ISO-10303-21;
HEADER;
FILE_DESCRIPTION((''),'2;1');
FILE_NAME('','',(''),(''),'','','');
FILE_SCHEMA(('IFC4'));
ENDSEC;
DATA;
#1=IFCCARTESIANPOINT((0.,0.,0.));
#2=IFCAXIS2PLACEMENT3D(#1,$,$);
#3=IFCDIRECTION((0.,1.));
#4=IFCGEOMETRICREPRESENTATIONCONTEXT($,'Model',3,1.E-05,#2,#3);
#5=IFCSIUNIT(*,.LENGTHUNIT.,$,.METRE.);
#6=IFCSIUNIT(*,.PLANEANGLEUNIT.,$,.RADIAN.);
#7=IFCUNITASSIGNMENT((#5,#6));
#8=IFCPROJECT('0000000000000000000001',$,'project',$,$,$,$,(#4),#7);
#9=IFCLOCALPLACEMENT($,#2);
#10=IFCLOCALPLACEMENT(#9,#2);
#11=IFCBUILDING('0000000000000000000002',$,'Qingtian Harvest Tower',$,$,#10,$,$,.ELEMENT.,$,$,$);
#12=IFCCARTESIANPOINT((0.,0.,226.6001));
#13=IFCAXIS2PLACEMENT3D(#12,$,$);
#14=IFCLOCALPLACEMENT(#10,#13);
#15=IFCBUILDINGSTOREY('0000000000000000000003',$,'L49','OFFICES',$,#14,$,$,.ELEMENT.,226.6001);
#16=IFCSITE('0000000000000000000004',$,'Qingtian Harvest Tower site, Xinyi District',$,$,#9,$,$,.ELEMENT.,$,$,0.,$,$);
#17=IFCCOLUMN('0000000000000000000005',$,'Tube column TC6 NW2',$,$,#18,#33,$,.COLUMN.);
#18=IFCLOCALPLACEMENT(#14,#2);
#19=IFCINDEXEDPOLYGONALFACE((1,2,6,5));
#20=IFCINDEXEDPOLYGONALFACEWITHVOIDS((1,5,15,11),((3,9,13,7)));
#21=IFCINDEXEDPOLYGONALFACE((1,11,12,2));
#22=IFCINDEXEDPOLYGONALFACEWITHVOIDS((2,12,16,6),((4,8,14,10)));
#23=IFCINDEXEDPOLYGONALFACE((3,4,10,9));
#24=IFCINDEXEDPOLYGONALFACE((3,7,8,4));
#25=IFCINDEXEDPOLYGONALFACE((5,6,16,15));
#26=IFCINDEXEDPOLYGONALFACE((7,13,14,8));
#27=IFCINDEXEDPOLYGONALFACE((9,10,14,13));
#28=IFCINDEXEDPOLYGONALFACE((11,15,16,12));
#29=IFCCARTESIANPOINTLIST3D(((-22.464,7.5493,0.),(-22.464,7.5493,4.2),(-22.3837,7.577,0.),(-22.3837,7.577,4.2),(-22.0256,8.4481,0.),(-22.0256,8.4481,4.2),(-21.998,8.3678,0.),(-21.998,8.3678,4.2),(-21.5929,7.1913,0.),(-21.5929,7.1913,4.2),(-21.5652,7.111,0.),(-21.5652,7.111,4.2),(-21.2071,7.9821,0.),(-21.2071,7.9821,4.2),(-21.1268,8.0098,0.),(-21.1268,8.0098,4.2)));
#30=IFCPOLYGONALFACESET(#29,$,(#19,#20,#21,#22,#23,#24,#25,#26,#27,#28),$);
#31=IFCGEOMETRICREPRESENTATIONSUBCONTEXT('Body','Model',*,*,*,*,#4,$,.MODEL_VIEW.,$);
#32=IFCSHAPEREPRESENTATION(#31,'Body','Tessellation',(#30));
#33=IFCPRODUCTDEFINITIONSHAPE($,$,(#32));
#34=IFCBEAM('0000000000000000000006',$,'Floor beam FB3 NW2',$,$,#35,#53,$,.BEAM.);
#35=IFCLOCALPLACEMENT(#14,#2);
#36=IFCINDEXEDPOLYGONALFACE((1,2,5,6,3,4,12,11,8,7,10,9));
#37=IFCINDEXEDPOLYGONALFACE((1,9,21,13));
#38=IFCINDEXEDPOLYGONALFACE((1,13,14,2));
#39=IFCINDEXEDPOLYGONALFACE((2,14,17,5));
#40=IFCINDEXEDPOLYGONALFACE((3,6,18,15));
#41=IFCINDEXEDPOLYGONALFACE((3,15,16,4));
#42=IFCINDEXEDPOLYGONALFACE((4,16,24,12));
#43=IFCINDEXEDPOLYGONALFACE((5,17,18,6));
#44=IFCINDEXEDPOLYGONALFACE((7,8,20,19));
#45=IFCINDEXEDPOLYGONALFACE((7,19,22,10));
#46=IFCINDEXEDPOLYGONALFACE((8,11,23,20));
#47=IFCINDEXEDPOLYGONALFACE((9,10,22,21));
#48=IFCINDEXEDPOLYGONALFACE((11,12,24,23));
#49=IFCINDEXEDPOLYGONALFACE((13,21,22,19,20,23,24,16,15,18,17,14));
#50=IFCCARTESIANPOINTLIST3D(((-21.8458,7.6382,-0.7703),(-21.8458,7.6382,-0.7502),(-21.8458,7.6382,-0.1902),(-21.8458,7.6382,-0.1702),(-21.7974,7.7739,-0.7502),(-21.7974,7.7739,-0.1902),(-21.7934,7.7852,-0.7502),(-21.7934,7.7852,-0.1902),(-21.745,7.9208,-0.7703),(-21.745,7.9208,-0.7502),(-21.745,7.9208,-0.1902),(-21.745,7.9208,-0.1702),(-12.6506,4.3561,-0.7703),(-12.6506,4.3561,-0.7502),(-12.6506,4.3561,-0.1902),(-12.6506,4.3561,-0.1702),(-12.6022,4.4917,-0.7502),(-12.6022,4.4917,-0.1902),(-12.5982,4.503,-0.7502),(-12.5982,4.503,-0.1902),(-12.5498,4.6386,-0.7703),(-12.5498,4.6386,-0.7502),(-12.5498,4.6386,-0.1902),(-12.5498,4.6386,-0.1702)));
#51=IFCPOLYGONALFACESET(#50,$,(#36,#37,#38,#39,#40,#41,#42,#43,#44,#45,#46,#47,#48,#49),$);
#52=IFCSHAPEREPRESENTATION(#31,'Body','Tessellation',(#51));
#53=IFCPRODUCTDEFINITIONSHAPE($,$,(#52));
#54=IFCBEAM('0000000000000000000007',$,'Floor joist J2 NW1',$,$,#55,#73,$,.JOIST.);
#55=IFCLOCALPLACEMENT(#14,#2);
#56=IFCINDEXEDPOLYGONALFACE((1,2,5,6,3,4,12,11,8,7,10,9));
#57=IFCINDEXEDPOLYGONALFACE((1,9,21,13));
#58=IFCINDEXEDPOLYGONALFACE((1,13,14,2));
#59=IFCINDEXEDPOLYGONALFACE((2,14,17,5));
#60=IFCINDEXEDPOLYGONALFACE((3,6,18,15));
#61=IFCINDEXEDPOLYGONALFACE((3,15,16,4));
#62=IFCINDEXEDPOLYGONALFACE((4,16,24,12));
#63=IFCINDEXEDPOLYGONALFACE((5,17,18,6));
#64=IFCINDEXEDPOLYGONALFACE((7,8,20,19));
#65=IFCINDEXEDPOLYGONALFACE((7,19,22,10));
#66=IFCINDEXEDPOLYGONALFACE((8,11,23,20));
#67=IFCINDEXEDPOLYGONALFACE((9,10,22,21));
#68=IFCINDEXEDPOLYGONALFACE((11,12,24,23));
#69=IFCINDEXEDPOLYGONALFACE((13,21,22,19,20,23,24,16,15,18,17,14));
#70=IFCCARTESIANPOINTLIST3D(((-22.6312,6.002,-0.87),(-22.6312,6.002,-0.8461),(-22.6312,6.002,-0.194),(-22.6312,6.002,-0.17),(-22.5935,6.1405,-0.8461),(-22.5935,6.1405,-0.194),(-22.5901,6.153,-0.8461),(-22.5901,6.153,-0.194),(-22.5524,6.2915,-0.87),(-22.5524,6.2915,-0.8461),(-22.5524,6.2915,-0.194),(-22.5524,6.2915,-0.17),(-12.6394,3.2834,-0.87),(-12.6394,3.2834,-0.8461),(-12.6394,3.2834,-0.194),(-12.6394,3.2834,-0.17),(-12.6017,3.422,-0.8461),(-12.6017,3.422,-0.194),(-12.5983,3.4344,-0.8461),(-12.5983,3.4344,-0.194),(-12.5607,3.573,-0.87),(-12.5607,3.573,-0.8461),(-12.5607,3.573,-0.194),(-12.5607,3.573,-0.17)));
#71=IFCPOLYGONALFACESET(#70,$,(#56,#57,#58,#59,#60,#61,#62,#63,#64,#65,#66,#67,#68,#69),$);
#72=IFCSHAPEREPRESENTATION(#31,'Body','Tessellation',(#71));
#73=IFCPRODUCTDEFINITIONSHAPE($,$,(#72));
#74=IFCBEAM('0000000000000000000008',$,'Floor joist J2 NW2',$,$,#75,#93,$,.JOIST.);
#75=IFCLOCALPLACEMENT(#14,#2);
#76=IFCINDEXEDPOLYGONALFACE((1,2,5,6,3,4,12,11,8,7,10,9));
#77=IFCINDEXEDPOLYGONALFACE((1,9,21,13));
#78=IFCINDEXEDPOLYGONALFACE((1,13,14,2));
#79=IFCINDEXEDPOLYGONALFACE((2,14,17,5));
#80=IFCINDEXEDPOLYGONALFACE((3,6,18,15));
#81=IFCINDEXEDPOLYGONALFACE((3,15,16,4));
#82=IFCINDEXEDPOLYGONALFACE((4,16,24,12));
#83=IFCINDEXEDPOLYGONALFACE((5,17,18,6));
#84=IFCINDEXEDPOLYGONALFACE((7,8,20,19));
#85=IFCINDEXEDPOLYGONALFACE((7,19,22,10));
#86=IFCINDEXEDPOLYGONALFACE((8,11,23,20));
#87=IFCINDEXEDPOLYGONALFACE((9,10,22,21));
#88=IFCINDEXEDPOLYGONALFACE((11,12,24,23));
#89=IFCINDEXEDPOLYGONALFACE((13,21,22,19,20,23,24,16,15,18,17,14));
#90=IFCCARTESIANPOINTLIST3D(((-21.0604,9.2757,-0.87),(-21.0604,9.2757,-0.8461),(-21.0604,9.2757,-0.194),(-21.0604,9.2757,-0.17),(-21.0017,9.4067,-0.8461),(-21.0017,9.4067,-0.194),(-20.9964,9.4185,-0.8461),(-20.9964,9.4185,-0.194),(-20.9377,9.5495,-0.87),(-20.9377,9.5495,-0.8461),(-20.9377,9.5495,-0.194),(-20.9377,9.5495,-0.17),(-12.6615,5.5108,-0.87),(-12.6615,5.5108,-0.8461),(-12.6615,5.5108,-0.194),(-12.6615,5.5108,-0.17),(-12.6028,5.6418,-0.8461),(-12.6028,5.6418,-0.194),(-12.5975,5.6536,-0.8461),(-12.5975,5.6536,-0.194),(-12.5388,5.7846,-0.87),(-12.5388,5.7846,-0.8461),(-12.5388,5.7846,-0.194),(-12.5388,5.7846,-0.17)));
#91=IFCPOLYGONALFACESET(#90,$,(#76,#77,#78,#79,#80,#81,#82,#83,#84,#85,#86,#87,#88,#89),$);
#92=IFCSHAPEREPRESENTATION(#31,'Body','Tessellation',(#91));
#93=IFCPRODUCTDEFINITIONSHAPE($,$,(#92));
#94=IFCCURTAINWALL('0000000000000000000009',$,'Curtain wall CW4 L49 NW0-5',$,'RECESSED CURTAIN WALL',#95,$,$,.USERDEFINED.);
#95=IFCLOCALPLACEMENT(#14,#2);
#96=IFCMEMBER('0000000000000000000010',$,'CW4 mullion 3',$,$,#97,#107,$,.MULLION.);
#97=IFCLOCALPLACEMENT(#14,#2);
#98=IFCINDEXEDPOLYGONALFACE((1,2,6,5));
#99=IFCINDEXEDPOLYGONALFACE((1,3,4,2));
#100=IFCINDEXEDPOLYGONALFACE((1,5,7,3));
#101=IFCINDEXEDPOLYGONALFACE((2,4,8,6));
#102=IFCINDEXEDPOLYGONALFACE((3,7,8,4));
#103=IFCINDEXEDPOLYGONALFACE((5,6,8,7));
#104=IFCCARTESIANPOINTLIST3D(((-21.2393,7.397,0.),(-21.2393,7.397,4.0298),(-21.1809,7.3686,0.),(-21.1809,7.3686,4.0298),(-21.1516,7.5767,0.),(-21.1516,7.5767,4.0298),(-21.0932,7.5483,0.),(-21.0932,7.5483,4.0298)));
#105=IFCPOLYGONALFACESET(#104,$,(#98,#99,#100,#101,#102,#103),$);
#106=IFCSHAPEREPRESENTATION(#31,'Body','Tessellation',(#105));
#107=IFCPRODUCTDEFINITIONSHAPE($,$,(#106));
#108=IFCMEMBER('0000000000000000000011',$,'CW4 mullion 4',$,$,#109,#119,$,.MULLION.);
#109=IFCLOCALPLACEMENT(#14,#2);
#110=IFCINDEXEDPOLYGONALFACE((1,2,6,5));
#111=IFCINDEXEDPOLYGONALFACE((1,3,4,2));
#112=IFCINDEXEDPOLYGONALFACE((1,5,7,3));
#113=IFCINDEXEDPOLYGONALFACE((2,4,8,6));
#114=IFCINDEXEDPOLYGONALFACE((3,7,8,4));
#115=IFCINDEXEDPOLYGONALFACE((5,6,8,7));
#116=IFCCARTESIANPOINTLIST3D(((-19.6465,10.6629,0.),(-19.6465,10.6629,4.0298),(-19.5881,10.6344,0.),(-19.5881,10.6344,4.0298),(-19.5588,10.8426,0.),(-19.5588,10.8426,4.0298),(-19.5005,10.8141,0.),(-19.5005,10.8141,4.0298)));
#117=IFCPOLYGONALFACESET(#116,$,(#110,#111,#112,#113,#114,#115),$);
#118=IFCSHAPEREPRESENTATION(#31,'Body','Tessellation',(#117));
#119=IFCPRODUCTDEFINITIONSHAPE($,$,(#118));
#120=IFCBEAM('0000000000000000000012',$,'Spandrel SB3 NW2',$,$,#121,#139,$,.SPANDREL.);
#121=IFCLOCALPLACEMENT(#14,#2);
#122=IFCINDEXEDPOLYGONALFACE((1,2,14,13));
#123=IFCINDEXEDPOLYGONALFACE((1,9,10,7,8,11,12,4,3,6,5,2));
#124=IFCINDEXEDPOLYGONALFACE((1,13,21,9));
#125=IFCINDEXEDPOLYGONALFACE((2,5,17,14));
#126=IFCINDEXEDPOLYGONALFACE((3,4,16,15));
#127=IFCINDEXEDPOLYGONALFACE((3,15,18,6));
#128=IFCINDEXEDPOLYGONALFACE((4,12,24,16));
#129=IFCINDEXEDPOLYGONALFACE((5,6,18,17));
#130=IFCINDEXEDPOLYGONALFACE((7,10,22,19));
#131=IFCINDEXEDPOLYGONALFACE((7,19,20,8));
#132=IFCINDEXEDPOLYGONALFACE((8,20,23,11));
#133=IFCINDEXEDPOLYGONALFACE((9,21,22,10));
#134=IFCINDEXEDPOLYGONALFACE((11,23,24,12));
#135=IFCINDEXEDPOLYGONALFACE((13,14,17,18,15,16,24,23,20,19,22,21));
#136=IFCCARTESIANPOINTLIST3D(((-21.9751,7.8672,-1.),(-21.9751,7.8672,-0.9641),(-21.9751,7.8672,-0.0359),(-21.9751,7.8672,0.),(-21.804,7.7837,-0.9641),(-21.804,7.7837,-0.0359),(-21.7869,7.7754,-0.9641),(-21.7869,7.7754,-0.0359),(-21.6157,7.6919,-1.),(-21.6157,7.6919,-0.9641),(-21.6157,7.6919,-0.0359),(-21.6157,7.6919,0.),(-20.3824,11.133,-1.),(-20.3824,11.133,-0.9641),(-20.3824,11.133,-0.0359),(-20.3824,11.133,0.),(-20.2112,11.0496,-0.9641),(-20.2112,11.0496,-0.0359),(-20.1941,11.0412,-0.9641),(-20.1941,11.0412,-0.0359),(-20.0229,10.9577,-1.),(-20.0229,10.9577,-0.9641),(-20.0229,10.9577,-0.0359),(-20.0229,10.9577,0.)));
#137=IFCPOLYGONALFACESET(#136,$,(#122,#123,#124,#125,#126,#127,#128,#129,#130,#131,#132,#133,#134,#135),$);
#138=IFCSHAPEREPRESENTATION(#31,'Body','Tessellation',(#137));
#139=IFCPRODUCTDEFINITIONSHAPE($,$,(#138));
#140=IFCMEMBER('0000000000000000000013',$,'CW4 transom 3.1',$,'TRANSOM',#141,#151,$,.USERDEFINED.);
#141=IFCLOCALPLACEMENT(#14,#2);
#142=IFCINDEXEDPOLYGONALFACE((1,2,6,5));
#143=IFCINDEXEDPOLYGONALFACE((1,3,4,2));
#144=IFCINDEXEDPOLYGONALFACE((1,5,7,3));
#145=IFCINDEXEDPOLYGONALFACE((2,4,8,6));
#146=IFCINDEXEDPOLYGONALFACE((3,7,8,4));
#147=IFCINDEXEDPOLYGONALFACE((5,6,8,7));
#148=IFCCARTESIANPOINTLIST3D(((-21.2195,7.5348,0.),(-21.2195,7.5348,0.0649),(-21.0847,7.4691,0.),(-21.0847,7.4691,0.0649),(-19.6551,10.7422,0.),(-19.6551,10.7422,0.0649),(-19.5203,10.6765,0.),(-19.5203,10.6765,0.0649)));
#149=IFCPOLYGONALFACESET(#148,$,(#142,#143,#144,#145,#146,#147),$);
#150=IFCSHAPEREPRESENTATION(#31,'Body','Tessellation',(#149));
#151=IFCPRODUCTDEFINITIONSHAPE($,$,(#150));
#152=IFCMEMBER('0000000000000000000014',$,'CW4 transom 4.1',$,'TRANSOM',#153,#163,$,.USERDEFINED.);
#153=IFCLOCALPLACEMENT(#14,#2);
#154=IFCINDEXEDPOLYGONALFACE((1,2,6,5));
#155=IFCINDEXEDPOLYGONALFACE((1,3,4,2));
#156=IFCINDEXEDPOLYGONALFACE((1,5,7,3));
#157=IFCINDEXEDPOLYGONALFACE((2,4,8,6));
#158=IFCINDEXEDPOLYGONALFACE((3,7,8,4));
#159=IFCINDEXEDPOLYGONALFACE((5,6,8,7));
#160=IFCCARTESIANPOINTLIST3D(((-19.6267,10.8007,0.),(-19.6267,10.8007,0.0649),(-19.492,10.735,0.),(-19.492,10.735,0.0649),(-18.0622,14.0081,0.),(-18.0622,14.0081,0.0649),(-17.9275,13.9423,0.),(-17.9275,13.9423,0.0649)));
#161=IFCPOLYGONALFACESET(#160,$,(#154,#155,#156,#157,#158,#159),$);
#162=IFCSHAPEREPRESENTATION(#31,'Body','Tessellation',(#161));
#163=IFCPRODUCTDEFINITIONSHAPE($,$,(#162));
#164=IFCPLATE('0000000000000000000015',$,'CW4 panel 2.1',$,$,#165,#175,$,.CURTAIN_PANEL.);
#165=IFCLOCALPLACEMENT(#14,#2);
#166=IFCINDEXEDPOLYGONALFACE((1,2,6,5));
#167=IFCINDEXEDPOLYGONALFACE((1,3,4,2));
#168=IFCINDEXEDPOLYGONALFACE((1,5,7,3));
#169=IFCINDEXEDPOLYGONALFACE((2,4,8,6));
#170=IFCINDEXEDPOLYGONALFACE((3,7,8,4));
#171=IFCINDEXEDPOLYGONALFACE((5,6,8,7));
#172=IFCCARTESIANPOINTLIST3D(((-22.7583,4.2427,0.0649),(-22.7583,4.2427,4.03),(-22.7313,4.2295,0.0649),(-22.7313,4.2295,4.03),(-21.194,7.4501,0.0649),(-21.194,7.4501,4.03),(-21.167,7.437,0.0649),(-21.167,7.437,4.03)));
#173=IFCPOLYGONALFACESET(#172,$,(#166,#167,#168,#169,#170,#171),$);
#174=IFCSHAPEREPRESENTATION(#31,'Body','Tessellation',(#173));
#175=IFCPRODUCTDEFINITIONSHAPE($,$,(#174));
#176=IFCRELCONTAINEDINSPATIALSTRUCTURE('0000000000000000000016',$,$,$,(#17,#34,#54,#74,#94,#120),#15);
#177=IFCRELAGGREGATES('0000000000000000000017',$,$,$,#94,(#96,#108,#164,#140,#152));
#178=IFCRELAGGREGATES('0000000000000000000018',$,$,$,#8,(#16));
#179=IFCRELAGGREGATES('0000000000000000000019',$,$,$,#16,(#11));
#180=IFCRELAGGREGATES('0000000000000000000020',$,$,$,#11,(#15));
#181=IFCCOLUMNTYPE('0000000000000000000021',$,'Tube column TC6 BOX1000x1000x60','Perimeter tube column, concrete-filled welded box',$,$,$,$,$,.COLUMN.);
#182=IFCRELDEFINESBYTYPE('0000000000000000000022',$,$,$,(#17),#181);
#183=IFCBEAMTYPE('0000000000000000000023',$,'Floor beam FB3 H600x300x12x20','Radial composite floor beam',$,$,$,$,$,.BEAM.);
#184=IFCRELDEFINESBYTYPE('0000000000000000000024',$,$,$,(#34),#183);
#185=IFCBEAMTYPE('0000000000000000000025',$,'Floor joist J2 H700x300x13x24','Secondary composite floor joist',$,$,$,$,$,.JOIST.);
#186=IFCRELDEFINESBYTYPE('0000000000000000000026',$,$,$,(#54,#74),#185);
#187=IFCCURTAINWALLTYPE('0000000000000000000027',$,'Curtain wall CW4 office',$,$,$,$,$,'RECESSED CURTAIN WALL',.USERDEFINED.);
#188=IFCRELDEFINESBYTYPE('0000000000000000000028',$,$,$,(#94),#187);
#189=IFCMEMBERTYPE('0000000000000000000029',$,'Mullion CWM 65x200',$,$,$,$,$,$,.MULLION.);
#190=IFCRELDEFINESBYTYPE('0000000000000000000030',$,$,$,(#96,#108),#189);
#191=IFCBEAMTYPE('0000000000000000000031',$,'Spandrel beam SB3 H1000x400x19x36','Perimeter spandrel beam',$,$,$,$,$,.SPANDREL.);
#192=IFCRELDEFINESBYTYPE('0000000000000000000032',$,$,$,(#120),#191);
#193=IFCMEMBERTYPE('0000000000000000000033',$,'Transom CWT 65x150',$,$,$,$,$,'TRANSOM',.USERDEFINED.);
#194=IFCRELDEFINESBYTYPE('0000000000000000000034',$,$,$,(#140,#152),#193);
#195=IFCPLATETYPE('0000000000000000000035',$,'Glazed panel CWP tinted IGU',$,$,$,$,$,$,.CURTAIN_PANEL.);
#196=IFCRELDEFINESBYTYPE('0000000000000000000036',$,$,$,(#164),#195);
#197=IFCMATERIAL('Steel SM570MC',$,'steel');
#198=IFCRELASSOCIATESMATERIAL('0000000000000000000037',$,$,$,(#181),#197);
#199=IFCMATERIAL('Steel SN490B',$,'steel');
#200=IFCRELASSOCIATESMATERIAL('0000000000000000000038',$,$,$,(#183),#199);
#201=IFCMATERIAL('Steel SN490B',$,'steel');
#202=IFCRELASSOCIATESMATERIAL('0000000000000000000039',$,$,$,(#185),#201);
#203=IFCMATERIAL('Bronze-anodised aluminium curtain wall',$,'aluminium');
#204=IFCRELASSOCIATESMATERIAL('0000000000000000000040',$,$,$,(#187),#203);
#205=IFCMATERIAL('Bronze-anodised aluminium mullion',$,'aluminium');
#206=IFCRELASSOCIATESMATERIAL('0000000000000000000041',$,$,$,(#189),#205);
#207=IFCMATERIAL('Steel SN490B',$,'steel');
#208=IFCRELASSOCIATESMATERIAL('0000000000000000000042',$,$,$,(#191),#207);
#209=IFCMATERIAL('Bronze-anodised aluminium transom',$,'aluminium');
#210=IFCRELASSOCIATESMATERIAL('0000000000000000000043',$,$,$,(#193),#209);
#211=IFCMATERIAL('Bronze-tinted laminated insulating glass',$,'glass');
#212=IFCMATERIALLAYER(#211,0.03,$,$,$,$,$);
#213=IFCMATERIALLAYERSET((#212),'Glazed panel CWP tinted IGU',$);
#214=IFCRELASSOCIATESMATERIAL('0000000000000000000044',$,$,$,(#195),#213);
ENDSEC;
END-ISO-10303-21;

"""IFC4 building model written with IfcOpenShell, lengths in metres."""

from ifc_helpers import new_model, si_unit, direction, frame, origin, origin_2d, place, context, subcontext, project, spatial, rectangle, hollow_rectangle, i_section, extrude, material, layer, layer_set, material_profile, profile_set, type_object, element, aggregate, save


model = new_model("IFC4")

# Units and contexts
model_context = context("Model", 3, precision=1e-05, world=origin(), true_north=direction((0.0, 1.0)))
body_context = subcontext(model_context, "Body", "Model", "MODEL_VIEW")
ifc_project = project(units=[si_unit("LENGTHUNIT", "METRE"), si_unit("PLANEANGLEUNIT", "RADIAN")], contexts=[model_context])

# Site, building, storey
site_placement = place(None, origin())
site = spatial("IfcSite", under=ifc_project, at=site_placement, Name="Qingtian Harvest Tower site, Xinyi District", CompositionType="ELEMENT", RefElevation=0.0)
building_placement = place(site_placement, origin())
building = spatial("IfcBuilding", under=site, at=building_placement, Name="Qingtian Harvest Tower", CompositionType="ELEMENT")
storey_placement = place(building_placement, frame((0.0, 0.0, 226.6001)))
storey = spatial("IfcBuildingStorey", under=building, at=storey_placement, Name="L49", Description="OFFICES", CompositionType="ELEMENT", Elevation=226.6001)

# Column
ifc_material_1 = material(Name="Steel SM570MC", Category="steel")
ifc_material_profile_1 = material_profile(ifc_material_1, hollow_rectangle(XDim=1.0, YDim=1.0, WallThickness=0.0601, at=origin_2d()), Name="BOX1000x1000x60")
ifc_profile_set_1 = profile_set([ifc_material_profile_1], Name="Steel SM570MC")
column_type = type_object("IfcColumnType", Name="Tube column TC6 BOX1000x1000x60", Description="Perimeter tube column, concrete-filled welded box", PredefinedType="COLUMN", material=ifc_profile_set_1)
column_placement = place(storey_placement, frame((-21.7954, 7.7795, 0.0), z_axis=(0.0, 0.0, 1.0), x_axis=(-0.438371, -0.898794, 0.0)))
element("IfcColumn", 1, at=column_placement, inside=storey, type_object=column_type, Name="Tube column TC6 NW2", PredefinedType="COLUMN", context=body_context, shape_type="SweptSolid", body=[
    extrude(hollow_rectangle(XDim=1.0, YDim=1.0, WallThickness=0.0601, at=origin_2d()), origin(), (0.0, 0.0, 1.0), 4.2),
])

# Beams
ifc_material_2 = material(Name="Steel SN490B", Category="steel")
ifc_material_profile_2 = material_profile(ifc_material_2, i_section(OverallWidth=0.3, OverallDepth=0.6001, WebThickness=0.012, FlangeThickness=0.02, at=origin_2d()), Name="H600x300x12x20")
ifc_profile_set_2 = profile_set([ifc_material_profile_2], Name="Steel SN490B")
beam_type_1 = type_object("IfcBeamType", Name="Floor beam FB3 H600x300x12x20", Description="Radial composite floor beam", PredefinedType="BEAM", material=ifc_profile_set_2)
beam_1_placement = place(storey_placement, frame((-21.7954, 7.7795, -0.4702), z_axis=(0.941801, -0.336172, 0.0), x_axis=(0.336172, 0.941801, 0.0)))
element("IfcBeam", 2, at=beam_1_placement, inside=storey, type_object=beam_type_1, Name="Floor beam FB3 NW2", PredefinedType="BEAM", context=body_context, shape_type="SweptSolid", body=[
    extrude(i_section(OverallWidth=0.3, OverallDepth=0.6001, WebThickness=0.012, FlangeThickness=0.02, at=origin_2d()), origin(), (0.0, 0.0, 1.0), 9.7634),
])
ifc_material_3 = material(Name="Steel SN490B", Category="steel")
ifc_material_profile_3 = material_profile(ifc_material_3, i_section(OverallWidth=0.3, OverallDepth=0.7, WebThickness=0.0129, FlangeThickness=0.0239, at=origin_2d()), Name="H700x300x13x24")
ifc_profile_set_3 = profile_set([ifc_material_profile_3], Name="Steel SN490B")
beam_type_2 = type_object("IfcBeamType", Name="Floor joist J2 H700x300x13x24", Description="Secondary composite floor joist", PredefinedType="JOIST", material=ifc_profile_set_3)
beam_2_placement = place(storey_placement, frame((-22.5918, 6.1467, -0.52), z_axis=(0.964923, -0.262533, 0.0), x_axis=(0.262533, 0.964923, 0.0)))
element("IfcBeam", 3, at=beam_2_placement, inside=storey, type_object=beam_type_2, Name="Floor joist J2 NW1", PredefinedType="JOIST", context=body_context, shape_type="SweptSolid", body=[
    extrude(i_section(OverallWidth=0.3, OverallDepth=0.7, WebThickness=0.0129, FlangeThickness=0.0239, at=origin_2d()), origin(), (0.0, 0.0, 1.0), 10.355),
])
beam_3_placement = place(storey_placement, frame((-20.999, 9.4126, -0.52), z_axis=(0.912515, -0.409043, 0.0), x_axis=(0.409043, 0.912515, 0.0)))
element("IfcBeam", 4, at=beam_3_placement, inside=storey, type_object=beam_type_2, Name="Floor joist J2 NW2", PredefinedType="JOIST", context=body_context, shape_type="SweptSolid", body=[
    extrude(i_section(OverallWidth=0.3, OverallDepth=0.7, WebThickness=0.0129, FlangeThickness=0.0239, at=origin_2d()), origin(), (0.0, 0.0, 1.0), 9.2041),
])

# Curtain wall, members
ifc_material_4 = material(Name="Bronze-anodised aluminium curtain wall", Category="aluminium")
curtain_wall_type = type_object("IfcCurtainWallType", Name="Curtain wall CW4 office", ElementType="RECESSED CURTAIN WALL", PredefinedType="USERDEFINED", material=ifc_material_4)
curtain_wall_placement = place(storey_placement, origin())
curtain_wall = element("IfcCurtainWall", 5, at=curtain_wall_placement, inside=storey, type_object=curtain_wall_type, Name="Curtain wall CW4 L49 NW0-5", ObjectType="RECESSED CURTAIN WALL", PredefinedType="USERDEFINED")
ifc_material_5 = material(Name="Bronze-anodised aluminium mullion", Category="aluminium")
ifc_material_profile_4 = material_profile(ifc_material_5, rectangle(XDim=0.0649, YDim=0.2, at=origin_2d()), Name="AL 65x200")
ifc_profile_set_4 = profile_set([ifc_material_profile_4], Name="Bronze-anodised aluminium mullion")
member_type_1 = type_object("IfcMemberType", Name="Mullion CWM 65x200", PredefinedType="MULLION", material=ifc_profile_set_4)
member_1_placement = place(storey_placement, frame((-21.1663, 7.4727, 0.0), z_axis=(0.0, 0.0, 1.0), x_axis=(-0.898794, 0.438371, 0.0)))
member_1 = element("IfcMember", 6, at=member_1_placement, type_object=member_type_1, Name="CW4 mullion 3", PredefinedType="MULLION", context=body_context, shape_type="SweptSolid", body=[
    extrude(rectangle(XDim=0.0649, YDim=0.2, at=origin_2d()), origin(), (0.0, 0.0, 1.0), 4.0298),
])
member_2_placement = place(storey_placement, frame((-19.5735, 10.7385, 0.0), z_axis=(0.0, 0.0, 1.0), x_axis=(-0.898794, 0.438371, 0.0)))
member_2 = element("IfcMember", 7, at=member_2_placement, type_object=member_type_1, Name="CW4 mullion 4", PredefinedType="MULLION", context=body_context, shape_type="SweptSolid", body=[
    extrude(rectangle(XDim=0.0649, YDim=0.2, at=origin_2d()), origin(), (0.0, 0.0, 1.0), 4.0298),
])

# Beam
ifc_material_6 = material(Name="Steel SN490B", Category="steel")
ifc_material_profile_5 = material_profile(ifc_material_6, i_section(OverallWidth=0.3999, OverallDepth=1.0, WebThickness=0.019, FlangeThickness=0.0359, at=origin_2d()), Name="H1000x400x19x36")
ifc_profile_set_5 = profile_set([ifc_material_profile_5], Name="Steel SN490B")
beam_type_3 = type_object("IfcBeamType", Name="Spandrel beam SB3 H1000x400x19x36", Description="Perimeter spandrel beam", PredefinedType="SPANDREL", material=ifc_profile_set_5)
beam_4_placement = place(storey_placement, frame((-21.7954, 7.7795, -0.5), z_axis=(0.438349, 0.898805, 0.0), x_axis=(-0.898805, 0.438349, 0.0)))
element("IfcBeam", 8, at=beam_4_placement, inside=storey, type_object=beam_type_3, Name="Spandrel SB3 NW2", PredefinedType="SPANDREL", context=body_context, shape_type="SweptSolid", body=[
    extrude(i_section(OverallWidth=0.3999, OverallDepth=1.0, WebThickness=0.019, FlangeThickness=0.0359, at=origin_2d()), origin(), (0.0, 0.0, 1.0), 3.6335),
])

# Members
ifc_material_7 = material(Name="Bronze-anodised aluminium transom", Category="aluminium")
ifc_material_profile_6 = material_profile(ifc_material_7, rectangle(XDim=0.1499, YDim=0.0649, at=origin_2d()), Name="AL 65x150")
ifc_profile_set_6 = profile_set([ifc_material_profile_6], Name="Bronze-anodised aluminium transom")
member_type_2 = type_object("IfcMemberType", Name="Transom CWT 65x150", ElementType="TRANSOM", PredefinedType="USERDEFINED", material=ifc_profile_set_6)
member_3_placement = place(storey_placement, frame((-21.1521, 7.502, 0.0325), z_axis=(0.438381, 0.898789, 0.0), x_axis=(-0.898789, 0.438381, 0.0)))
member_3 = element("IfcMember", 9, at=member_3_placement, type_object=member_type_2, Name="CW4 transom 3.1", ObjectType="TRANSOM", PredefinedType="USERDEFINED", context=body_context, shape_type="SweptSolid", body=[
    extrude(rectangle(XDim=0.1499, YDim=0.0649, at=origin_2d()), origin(), (0.0, 0.0, 1.0), 3.5686),
])
member_4_placement = place(storey_placement, frame((-19.5593, 10.7678, 0.0325), z_axis=(0.438407, 0.898776, 0.0), x_axis=(-0.898776, 0.438407, 0.0)))
member_4 = element("IfcMember", 10, at=member_4_placement, type_object=member_type_2, Name="CW4 transom 4.1", ObjectType="TRANSOM", PredefinedType="USERDEFINED", context=body_context, shape_type="SweptSolid", body=[
    extrude(rectangle(XDim=0.1499, YDim=0.0649, at=origin_2d()), origin(), (0.0, 0.0, 1.0), 3.5686),
])

# Plate
ifc_material_8 = material(Name="Bronze-tinted laminated insulating glass", Category="glass")
ifc_layer_1 = layer(ifc_material_8, 0.03)
ifc_layer_set_1 = layer_set([ifc_layer_1], Name="Glazed panel CWP tinted IGU")
plate_type = type_object("IfcPlateType", Name="Glazed panel CWP tinted IGU", PredefinedType="CURTAIN_PANEL", material=ifc_layer_set_1)
plate_1_placement = place(storey_placement, frame((-21.9626, 5.8398, 0.0649), z_axis=(0.0, 0.0, 1.0), x_axis=(0.438371, 0.898794, 0.0)))
plate_1 = element("IfcPlate", 11, at=plate_1_placement, type_object=plate_type, Name="CW4 panel 2.1", PredefinedType="CURTAIN_PANEL", context=body_context, shape_type="SweptSolid", body=[
    extrude(rectangle(XDim=3.5686, YDim=0.03, at=origin_2d()), origin(), (0.0, 0.0, 1.0), 3.9651),
])
aggregate(curtain_wall, [member_1, member_2, plate_1, member_3, member_4])

save(model, "model.ifc")
